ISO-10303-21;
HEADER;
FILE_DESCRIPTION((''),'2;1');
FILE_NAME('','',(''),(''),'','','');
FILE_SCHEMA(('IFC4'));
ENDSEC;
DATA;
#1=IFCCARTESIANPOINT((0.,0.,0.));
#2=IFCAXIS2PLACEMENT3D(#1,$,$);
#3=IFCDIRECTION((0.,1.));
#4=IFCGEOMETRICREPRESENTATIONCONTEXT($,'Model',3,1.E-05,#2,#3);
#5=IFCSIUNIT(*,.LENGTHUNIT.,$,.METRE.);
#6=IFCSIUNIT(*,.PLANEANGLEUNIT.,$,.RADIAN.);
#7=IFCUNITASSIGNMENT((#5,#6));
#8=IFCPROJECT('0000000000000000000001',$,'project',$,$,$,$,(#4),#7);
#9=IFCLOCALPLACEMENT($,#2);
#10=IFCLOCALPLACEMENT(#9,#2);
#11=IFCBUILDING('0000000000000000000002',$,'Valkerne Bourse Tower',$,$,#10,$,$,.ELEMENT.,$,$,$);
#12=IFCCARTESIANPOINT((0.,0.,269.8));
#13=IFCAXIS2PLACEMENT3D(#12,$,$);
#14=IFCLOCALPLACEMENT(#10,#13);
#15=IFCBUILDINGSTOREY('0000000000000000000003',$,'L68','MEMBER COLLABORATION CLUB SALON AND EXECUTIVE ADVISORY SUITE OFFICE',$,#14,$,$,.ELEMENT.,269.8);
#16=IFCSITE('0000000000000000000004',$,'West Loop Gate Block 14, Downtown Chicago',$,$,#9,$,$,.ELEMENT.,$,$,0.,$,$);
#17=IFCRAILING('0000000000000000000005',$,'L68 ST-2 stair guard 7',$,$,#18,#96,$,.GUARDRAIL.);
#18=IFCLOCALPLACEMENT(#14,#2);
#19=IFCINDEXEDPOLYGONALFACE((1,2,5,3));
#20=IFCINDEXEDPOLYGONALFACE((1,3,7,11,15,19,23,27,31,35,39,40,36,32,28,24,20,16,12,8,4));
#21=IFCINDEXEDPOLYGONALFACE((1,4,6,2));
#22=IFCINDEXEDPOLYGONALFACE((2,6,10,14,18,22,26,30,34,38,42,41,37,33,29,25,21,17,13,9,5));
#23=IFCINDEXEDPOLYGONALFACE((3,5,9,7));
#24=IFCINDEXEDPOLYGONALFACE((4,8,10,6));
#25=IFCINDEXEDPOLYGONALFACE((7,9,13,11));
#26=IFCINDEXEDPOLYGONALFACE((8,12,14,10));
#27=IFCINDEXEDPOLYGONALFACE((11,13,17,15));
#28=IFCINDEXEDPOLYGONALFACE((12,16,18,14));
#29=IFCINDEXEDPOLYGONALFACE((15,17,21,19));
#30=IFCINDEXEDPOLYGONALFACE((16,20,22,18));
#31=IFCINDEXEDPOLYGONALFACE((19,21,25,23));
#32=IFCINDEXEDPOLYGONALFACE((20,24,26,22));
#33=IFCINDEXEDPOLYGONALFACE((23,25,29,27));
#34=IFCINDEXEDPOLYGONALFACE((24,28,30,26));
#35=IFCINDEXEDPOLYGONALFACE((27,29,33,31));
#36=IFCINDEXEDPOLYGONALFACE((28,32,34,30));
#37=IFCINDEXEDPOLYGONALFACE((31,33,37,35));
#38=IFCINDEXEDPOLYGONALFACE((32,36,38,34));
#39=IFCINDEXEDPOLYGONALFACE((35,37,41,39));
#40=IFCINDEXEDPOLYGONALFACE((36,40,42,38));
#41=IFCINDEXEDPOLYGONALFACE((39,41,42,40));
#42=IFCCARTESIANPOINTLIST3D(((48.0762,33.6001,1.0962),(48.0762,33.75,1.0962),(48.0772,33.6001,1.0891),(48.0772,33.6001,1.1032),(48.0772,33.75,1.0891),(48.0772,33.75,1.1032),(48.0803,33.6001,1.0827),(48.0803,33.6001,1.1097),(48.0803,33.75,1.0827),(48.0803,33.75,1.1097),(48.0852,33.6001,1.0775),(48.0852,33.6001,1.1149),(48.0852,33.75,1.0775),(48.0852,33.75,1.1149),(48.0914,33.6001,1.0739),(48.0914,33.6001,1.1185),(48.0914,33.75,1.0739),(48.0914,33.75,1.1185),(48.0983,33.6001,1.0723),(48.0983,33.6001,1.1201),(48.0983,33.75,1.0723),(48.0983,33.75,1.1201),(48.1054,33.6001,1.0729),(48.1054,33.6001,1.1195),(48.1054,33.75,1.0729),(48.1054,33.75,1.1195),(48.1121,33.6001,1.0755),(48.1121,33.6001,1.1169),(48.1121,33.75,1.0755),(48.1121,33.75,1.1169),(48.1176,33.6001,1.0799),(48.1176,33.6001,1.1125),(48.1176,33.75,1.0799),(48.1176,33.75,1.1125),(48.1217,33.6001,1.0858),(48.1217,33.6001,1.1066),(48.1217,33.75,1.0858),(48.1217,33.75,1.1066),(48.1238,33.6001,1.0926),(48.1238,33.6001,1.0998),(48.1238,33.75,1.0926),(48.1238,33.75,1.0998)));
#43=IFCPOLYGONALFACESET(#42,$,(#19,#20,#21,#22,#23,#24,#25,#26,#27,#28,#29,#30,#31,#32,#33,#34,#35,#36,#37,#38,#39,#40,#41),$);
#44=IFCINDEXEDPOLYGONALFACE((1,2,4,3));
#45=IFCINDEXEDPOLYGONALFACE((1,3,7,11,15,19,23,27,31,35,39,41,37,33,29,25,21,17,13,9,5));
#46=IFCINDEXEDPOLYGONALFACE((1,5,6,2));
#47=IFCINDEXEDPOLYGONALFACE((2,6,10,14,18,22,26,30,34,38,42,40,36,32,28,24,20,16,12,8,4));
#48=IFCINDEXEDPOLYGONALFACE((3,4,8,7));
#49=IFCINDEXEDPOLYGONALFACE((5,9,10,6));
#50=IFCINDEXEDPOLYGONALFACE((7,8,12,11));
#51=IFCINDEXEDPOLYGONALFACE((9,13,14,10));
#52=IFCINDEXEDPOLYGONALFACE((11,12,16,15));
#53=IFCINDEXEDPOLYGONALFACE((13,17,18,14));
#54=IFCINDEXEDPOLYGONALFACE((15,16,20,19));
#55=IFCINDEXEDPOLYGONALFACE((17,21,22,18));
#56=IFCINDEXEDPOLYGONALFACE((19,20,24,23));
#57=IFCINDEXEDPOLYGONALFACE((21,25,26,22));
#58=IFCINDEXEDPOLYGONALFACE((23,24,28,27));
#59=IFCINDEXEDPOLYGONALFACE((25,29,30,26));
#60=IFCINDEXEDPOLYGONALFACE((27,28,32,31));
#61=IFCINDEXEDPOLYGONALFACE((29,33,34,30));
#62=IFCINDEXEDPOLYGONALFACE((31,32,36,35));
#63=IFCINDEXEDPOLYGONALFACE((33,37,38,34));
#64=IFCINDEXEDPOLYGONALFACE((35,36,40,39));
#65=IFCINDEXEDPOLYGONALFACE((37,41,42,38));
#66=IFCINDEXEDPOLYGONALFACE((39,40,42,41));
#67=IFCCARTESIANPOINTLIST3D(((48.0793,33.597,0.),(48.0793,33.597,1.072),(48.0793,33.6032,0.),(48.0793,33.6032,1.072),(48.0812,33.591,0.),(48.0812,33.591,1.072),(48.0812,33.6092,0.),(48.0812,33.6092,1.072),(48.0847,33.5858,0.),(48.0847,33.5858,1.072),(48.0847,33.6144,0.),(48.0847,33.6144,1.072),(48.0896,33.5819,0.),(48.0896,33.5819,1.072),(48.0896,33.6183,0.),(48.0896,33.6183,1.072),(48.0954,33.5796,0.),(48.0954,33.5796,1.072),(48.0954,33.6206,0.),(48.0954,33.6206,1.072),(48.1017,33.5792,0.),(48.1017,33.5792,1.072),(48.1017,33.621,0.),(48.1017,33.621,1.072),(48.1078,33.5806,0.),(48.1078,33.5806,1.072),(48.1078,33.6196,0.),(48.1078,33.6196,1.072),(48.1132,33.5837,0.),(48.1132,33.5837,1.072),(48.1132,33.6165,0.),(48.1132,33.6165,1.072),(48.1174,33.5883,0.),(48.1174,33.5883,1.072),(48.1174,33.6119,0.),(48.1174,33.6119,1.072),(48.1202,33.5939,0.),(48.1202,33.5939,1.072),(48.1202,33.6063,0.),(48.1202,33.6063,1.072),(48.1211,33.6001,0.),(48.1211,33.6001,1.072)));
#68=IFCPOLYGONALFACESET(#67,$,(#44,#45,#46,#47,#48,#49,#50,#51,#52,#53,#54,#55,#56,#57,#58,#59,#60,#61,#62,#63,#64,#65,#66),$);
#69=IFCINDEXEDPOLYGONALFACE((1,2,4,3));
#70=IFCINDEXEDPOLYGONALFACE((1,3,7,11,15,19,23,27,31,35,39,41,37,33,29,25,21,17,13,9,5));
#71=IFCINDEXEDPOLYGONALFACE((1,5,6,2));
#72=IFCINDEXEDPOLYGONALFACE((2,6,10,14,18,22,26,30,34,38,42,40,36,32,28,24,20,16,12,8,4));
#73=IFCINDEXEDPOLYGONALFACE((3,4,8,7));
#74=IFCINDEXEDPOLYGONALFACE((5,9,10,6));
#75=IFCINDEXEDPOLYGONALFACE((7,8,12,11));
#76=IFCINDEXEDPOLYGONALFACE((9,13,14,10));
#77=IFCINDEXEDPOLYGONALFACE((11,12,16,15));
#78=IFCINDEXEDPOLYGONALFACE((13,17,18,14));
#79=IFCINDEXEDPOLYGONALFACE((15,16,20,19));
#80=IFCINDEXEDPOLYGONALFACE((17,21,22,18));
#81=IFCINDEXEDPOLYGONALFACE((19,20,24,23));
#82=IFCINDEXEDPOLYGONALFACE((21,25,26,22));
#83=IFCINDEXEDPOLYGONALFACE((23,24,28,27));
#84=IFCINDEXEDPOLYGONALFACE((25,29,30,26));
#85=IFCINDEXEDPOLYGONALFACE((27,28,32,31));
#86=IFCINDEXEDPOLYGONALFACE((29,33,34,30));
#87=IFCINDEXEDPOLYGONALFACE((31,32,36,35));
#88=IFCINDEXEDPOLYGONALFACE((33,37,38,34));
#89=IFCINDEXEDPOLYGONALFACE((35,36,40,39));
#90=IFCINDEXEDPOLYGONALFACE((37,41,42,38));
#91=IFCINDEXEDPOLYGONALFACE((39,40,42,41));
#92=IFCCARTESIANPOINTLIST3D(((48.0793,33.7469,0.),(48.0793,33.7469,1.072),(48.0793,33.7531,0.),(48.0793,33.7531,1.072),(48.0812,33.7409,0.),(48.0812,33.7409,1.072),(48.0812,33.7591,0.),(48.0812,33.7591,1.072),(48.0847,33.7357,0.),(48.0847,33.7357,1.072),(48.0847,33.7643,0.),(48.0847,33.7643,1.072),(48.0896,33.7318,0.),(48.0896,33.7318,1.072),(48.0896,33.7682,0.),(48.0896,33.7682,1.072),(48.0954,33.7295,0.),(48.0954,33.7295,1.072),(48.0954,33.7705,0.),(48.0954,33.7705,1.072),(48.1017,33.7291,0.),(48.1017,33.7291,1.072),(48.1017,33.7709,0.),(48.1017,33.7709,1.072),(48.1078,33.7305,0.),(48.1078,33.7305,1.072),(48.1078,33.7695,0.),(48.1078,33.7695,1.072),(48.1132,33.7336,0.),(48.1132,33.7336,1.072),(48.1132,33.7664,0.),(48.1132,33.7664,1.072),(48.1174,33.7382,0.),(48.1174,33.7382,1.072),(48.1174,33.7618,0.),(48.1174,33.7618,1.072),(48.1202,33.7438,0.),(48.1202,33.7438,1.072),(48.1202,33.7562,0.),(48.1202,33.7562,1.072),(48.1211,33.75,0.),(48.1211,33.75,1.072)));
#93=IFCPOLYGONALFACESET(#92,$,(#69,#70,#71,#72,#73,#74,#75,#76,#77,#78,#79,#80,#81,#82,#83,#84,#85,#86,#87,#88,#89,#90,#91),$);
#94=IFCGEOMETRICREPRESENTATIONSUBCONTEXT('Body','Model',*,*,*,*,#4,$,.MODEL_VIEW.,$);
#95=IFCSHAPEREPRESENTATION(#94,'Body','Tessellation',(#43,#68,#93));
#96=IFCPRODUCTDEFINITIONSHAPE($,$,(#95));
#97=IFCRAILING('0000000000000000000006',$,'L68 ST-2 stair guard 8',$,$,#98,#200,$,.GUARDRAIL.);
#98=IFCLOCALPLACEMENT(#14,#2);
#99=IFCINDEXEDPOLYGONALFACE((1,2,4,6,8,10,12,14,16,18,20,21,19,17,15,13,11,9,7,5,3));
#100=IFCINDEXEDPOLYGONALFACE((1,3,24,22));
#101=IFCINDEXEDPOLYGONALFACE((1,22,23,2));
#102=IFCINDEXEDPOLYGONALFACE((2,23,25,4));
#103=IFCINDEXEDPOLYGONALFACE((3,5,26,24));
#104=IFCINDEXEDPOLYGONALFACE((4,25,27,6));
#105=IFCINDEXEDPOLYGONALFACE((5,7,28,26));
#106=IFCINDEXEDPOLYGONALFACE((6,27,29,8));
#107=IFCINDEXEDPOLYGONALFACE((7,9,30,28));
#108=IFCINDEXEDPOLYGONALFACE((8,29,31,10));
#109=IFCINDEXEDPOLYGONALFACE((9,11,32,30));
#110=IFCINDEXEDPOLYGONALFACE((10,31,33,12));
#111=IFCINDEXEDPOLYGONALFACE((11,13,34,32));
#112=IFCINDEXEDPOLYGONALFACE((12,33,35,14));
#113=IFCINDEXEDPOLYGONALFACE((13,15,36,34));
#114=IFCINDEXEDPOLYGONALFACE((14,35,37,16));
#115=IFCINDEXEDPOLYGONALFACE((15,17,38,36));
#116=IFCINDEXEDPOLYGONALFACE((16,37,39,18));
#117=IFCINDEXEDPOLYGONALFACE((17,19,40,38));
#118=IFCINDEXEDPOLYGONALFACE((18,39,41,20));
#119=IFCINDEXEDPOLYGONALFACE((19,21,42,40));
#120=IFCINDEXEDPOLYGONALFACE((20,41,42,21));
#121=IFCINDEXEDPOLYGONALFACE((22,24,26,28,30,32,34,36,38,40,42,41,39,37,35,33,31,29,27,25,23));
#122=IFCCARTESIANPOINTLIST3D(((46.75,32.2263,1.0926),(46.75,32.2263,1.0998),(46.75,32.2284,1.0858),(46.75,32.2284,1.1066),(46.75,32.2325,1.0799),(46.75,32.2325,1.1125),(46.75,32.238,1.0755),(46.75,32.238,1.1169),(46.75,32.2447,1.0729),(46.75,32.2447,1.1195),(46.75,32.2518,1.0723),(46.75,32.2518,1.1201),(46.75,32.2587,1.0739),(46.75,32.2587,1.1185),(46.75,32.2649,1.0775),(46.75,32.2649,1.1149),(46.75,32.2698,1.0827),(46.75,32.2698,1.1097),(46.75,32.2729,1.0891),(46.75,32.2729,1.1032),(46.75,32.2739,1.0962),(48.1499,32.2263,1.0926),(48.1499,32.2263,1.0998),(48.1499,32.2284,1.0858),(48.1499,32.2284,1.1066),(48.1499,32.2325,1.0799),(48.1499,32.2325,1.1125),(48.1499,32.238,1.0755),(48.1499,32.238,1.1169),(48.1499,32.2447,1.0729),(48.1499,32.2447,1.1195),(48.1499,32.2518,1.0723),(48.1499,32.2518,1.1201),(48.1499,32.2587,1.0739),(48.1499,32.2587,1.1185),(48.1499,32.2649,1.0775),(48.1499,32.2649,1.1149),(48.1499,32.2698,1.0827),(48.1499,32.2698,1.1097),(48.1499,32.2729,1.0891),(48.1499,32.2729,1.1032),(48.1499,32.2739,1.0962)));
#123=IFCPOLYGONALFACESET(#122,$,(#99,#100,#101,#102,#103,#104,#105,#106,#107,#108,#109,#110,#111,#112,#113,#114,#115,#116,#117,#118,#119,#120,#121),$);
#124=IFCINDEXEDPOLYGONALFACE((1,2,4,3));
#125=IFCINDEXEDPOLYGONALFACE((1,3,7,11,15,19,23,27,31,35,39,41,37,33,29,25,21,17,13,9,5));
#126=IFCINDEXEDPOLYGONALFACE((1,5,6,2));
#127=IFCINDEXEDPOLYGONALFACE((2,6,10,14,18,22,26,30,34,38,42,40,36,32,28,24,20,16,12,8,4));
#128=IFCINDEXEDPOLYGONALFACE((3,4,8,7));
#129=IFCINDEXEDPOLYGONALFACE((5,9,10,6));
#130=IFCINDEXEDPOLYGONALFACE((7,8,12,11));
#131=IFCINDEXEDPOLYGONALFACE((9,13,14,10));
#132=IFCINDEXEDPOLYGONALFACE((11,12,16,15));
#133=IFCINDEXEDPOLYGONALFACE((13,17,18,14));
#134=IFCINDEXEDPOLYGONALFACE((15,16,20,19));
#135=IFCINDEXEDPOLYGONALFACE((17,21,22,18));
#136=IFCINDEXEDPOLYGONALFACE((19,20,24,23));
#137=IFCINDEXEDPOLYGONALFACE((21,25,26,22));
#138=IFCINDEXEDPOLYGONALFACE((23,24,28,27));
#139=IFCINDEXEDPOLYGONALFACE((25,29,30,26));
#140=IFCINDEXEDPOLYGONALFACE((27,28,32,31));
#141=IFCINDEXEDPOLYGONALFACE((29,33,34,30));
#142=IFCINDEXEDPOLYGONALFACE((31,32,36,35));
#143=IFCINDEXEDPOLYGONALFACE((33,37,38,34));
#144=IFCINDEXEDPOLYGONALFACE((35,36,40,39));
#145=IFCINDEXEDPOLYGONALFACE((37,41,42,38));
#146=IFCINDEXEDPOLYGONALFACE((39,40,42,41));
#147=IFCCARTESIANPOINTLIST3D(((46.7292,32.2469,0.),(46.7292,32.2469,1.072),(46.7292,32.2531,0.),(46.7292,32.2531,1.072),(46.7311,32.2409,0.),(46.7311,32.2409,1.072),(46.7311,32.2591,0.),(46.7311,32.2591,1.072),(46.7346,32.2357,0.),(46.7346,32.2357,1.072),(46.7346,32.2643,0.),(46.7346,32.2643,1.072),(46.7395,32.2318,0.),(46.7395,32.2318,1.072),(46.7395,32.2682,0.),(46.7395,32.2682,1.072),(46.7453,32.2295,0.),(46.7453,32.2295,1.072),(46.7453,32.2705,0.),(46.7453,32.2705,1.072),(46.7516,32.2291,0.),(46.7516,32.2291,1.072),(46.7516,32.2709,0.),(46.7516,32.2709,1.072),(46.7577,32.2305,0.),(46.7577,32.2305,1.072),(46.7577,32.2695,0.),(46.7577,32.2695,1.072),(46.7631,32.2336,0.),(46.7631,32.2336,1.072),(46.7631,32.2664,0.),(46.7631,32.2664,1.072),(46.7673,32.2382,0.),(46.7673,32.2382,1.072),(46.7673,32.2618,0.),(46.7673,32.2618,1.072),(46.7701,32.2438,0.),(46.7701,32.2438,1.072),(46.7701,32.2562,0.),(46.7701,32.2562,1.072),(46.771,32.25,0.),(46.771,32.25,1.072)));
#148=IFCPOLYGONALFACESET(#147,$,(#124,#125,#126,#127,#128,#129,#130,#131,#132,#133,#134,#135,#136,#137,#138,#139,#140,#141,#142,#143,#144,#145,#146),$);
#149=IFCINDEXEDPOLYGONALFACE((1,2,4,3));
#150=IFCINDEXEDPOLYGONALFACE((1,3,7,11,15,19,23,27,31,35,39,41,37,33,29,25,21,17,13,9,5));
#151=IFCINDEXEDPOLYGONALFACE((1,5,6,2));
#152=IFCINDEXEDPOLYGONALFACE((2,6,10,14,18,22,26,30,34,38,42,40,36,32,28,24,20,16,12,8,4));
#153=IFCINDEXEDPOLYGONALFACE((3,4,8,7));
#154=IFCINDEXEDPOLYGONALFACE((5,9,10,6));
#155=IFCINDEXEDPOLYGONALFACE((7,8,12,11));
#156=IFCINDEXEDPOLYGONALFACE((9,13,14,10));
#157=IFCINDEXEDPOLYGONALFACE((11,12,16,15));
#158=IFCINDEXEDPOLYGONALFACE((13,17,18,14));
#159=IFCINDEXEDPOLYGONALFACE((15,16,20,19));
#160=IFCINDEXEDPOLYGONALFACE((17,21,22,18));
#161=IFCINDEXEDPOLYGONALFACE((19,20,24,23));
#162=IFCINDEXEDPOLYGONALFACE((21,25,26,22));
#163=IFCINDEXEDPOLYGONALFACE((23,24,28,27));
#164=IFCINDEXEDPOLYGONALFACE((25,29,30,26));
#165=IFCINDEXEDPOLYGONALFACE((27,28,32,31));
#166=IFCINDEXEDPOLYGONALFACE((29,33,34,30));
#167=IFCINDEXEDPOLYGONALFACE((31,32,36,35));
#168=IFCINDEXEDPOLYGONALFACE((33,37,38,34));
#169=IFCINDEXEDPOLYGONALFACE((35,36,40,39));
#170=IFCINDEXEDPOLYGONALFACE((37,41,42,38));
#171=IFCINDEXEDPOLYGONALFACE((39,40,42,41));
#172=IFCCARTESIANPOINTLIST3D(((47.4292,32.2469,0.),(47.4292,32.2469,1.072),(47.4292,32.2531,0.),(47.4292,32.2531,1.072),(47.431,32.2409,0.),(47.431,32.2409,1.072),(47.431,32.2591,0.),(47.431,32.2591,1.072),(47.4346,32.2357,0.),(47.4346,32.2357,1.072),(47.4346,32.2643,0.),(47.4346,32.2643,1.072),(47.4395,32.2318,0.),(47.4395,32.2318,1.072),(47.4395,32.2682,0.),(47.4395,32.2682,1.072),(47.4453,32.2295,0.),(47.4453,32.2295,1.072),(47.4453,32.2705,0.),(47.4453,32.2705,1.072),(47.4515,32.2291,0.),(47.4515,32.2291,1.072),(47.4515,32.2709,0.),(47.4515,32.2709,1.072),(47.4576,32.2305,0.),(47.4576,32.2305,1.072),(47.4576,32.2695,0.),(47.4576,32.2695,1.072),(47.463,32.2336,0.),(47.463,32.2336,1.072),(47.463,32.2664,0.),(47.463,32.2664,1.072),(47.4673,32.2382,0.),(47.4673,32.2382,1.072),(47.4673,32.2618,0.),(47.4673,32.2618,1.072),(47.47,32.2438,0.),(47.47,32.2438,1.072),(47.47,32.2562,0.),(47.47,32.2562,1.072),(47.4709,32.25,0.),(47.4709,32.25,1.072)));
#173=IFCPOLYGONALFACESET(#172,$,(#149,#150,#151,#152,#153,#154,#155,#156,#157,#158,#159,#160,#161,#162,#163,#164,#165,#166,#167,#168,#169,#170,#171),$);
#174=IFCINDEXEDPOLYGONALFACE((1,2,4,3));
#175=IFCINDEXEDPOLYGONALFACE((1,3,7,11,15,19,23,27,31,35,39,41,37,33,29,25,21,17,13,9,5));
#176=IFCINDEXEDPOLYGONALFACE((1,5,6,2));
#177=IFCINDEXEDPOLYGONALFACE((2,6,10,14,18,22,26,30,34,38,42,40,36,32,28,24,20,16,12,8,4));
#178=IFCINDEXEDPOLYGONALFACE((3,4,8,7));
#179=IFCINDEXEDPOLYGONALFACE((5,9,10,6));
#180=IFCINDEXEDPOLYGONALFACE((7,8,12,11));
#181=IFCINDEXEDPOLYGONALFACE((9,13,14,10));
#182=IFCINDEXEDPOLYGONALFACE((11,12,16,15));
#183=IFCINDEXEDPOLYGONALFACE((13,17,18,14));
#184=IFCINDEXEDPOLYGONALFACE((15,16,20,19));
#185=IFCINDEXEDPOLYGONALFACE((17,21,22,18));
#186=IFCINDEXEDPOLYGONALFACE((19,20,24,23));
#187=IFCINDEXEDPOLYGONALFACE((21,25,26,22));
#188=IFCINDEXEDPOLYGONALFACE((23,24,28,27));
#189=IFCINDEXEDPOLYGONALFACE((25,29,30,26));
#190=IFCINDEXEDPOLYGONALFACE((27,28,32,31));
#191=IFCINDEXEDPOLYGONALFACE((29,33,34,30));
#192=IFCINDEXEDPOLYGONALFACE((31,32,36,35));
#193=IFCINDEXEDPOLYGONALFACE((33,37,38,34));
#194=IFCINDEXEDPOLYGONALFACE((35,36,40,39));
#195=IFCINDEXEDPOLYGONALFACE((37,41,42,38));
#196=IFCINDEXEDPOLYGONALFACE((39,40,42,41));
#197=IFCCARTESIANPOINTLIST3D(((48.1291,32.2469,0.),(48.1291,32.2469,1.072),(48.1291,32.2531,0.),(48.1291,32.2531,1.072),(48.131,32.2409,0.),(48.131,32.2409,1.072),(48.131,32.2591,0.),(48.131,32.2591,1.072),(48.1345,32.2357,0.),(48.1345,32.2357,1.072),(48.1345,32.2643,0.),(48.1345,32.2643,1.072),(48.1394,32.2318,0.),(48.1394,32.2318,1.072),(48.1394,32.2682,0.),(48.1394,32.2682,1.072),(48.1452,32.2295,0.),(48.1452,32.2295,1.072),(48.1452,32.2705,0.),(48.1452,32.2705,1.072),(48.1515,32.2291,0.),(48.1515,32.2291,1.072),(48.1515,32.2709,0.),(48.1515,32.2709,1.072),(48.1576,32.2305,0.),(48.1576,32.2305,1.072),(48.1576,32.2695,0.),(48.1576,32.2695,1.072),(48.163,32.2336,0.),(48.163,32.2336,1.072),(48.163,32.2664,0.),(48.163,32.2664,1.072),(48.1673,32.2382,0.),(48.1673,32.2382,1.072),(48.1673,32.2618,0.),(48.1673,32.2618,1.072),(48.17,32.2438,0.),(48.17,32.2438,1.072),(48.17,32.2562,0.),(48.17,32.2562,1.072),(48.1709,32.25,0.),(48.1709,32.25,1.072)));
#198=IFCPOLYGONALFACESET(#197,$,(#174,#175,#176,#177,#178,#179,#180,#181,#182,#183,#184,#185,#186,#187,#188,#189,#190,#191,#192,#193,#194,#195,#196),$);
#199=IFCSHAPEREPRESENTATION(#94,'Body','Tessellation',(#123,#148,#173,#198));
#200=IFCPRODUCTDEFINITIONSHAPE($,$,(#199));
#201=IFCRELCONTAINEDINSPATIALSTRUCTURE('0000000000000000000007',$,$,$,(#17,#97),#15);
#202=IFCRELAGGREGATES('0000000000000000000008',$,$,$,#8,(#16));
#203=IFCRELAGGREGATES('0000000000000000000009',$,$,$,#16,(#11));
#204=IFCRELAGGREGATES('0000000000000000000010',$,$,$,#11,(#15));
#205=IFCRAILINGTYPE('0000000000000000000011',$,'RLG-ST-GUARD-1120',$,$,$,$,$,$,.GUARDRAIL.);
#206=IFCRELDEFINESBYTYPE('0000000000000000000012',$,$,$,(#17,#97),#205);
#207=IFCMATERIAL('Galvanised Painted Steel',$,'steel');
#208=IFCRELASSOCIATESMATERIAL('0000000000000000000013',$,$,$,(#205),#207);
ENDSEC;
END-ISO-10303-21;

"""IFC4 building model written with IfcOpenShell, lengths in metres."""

from ifc_helpers import new_model, si_unit, direction, frame, origin, origin_2d, place, context, subcontext, project, spatial, circle, extrude, material, type_object, element, save


model = new_model("IFC4")

# Units and contexts
model_context = context("Model", 3, precision=1e-05, world=origin(), true_north=direction((0.0, 1.0)))
body_context = subcontext(model_context, "Body", "Model", "MODEL_VIEW")
ifc_project = project(units=[si_unit("LENGTHUNIT", "METRE"), si_unit("PLANEANGLEUNIT", "RADIAN")], contexts=[model_context])

# Site, building, storey
site_placement = place(None, origin())
site = spatial("IfcSite", under=ifc_project, at=site_placement, Name="West Loop Gate Block 14, Downtown Chicago", CompositionType="ELEMENT", RefElevation=0.0)
building_placement = place(site_placement, origin())
building = spatial("IfcBuilding", under=site, at=building_placement, Name="Valkerne Bourse Tower", CompositionType="ELEMENT")
storey_placement = place(building_placement, frame((0.0, 0.0, 269.8)))
storey = spatial("IfcBuildingStorey", under=building, at=storey_placement, Name="L68", Description="MEMBER COLLABORATION CLUB SALON AND EXECUTIVE ADVISORY SUITE OFFICE", CompositionType="ELEMENT", Elevation=269.8)

# Shared definitions
ifc_material_1 = material(Name="Galvanised Painted Steel", Category="steel")

# Railings
railing_type_1 = type_object("IfcRailingType", Name="RLG-ST-GUARD-1120", PredefinedType="GUARDRAIL", material=ifc_material_1)
railing_1_placement = place(storey_placement, frame((48.1001, 33.6001, 0.0)))
element("IfcRailing", 1, at=railing_1_placement, inside=storey, type_object=railing_type_1, Name="L68 ST-2 stair guard 7", PredefinedType="GUARDRAIL", context=body_context, shape_type="SweptSolid", body=[
    extrude(circle(Radius=0.0239, at=origin_2d()), frame((0.0, 0.0, 1.0962), z_axis=(0.0, 1.0, 0.0), x_axis=(-1.0, 0.0, 0.0)), (0.0, 0.0, 1.0), 0.1499),
    extrude(circle(Radius=0.021, at=origin_2d()), origin(), (0.0, 0.0, 1.0), 1.072),
    extrude(circle(Radius=0.021, at=origin_2d()), frame((0.0, 0.1499, 0.0)), (0.0, 0.0, 1.0), 1.072),
])
for number, where, name in (
    (2, (46.75, 32.25, 0.0), "L68 ST-2 stair guard 8"),
):
    element("IfcRailing", number, at=place(storey_placement, frame(where)), inside=storey, type_object=railing_type_1, Name=name, PredefinedType="GUARDRAIL", context=body_context, shape_type="SweptSolid", body=[
        extrude(circle(Radius=0.0239, at=origin_2d()), frame((0.0, 0.0, 1.0962), z_axis=(1.0, 0.0, 0.0), x_axis=(0.0, 1.0, 0.0)), (0.0, 0.0, 1.0), 1.3999),
        extrude(circle(Radius=0.021, at=origin_2d()), origin(), (0.0, 0.0, 1.0), 1.072),
        extrude(circle(Radius=0.021, at=origin_2d()), frame((0.7, 0.0, 0.0)), (0.0, 0.0, 1.0), 1.072),
        extrude(circle(Radius=0.021, at=origin_2d()), frame((1.3999, 0.0, 0.0)), (0.0, 0.0, 1.0), 1.072),
    ])

save(model, "model.ifc")
